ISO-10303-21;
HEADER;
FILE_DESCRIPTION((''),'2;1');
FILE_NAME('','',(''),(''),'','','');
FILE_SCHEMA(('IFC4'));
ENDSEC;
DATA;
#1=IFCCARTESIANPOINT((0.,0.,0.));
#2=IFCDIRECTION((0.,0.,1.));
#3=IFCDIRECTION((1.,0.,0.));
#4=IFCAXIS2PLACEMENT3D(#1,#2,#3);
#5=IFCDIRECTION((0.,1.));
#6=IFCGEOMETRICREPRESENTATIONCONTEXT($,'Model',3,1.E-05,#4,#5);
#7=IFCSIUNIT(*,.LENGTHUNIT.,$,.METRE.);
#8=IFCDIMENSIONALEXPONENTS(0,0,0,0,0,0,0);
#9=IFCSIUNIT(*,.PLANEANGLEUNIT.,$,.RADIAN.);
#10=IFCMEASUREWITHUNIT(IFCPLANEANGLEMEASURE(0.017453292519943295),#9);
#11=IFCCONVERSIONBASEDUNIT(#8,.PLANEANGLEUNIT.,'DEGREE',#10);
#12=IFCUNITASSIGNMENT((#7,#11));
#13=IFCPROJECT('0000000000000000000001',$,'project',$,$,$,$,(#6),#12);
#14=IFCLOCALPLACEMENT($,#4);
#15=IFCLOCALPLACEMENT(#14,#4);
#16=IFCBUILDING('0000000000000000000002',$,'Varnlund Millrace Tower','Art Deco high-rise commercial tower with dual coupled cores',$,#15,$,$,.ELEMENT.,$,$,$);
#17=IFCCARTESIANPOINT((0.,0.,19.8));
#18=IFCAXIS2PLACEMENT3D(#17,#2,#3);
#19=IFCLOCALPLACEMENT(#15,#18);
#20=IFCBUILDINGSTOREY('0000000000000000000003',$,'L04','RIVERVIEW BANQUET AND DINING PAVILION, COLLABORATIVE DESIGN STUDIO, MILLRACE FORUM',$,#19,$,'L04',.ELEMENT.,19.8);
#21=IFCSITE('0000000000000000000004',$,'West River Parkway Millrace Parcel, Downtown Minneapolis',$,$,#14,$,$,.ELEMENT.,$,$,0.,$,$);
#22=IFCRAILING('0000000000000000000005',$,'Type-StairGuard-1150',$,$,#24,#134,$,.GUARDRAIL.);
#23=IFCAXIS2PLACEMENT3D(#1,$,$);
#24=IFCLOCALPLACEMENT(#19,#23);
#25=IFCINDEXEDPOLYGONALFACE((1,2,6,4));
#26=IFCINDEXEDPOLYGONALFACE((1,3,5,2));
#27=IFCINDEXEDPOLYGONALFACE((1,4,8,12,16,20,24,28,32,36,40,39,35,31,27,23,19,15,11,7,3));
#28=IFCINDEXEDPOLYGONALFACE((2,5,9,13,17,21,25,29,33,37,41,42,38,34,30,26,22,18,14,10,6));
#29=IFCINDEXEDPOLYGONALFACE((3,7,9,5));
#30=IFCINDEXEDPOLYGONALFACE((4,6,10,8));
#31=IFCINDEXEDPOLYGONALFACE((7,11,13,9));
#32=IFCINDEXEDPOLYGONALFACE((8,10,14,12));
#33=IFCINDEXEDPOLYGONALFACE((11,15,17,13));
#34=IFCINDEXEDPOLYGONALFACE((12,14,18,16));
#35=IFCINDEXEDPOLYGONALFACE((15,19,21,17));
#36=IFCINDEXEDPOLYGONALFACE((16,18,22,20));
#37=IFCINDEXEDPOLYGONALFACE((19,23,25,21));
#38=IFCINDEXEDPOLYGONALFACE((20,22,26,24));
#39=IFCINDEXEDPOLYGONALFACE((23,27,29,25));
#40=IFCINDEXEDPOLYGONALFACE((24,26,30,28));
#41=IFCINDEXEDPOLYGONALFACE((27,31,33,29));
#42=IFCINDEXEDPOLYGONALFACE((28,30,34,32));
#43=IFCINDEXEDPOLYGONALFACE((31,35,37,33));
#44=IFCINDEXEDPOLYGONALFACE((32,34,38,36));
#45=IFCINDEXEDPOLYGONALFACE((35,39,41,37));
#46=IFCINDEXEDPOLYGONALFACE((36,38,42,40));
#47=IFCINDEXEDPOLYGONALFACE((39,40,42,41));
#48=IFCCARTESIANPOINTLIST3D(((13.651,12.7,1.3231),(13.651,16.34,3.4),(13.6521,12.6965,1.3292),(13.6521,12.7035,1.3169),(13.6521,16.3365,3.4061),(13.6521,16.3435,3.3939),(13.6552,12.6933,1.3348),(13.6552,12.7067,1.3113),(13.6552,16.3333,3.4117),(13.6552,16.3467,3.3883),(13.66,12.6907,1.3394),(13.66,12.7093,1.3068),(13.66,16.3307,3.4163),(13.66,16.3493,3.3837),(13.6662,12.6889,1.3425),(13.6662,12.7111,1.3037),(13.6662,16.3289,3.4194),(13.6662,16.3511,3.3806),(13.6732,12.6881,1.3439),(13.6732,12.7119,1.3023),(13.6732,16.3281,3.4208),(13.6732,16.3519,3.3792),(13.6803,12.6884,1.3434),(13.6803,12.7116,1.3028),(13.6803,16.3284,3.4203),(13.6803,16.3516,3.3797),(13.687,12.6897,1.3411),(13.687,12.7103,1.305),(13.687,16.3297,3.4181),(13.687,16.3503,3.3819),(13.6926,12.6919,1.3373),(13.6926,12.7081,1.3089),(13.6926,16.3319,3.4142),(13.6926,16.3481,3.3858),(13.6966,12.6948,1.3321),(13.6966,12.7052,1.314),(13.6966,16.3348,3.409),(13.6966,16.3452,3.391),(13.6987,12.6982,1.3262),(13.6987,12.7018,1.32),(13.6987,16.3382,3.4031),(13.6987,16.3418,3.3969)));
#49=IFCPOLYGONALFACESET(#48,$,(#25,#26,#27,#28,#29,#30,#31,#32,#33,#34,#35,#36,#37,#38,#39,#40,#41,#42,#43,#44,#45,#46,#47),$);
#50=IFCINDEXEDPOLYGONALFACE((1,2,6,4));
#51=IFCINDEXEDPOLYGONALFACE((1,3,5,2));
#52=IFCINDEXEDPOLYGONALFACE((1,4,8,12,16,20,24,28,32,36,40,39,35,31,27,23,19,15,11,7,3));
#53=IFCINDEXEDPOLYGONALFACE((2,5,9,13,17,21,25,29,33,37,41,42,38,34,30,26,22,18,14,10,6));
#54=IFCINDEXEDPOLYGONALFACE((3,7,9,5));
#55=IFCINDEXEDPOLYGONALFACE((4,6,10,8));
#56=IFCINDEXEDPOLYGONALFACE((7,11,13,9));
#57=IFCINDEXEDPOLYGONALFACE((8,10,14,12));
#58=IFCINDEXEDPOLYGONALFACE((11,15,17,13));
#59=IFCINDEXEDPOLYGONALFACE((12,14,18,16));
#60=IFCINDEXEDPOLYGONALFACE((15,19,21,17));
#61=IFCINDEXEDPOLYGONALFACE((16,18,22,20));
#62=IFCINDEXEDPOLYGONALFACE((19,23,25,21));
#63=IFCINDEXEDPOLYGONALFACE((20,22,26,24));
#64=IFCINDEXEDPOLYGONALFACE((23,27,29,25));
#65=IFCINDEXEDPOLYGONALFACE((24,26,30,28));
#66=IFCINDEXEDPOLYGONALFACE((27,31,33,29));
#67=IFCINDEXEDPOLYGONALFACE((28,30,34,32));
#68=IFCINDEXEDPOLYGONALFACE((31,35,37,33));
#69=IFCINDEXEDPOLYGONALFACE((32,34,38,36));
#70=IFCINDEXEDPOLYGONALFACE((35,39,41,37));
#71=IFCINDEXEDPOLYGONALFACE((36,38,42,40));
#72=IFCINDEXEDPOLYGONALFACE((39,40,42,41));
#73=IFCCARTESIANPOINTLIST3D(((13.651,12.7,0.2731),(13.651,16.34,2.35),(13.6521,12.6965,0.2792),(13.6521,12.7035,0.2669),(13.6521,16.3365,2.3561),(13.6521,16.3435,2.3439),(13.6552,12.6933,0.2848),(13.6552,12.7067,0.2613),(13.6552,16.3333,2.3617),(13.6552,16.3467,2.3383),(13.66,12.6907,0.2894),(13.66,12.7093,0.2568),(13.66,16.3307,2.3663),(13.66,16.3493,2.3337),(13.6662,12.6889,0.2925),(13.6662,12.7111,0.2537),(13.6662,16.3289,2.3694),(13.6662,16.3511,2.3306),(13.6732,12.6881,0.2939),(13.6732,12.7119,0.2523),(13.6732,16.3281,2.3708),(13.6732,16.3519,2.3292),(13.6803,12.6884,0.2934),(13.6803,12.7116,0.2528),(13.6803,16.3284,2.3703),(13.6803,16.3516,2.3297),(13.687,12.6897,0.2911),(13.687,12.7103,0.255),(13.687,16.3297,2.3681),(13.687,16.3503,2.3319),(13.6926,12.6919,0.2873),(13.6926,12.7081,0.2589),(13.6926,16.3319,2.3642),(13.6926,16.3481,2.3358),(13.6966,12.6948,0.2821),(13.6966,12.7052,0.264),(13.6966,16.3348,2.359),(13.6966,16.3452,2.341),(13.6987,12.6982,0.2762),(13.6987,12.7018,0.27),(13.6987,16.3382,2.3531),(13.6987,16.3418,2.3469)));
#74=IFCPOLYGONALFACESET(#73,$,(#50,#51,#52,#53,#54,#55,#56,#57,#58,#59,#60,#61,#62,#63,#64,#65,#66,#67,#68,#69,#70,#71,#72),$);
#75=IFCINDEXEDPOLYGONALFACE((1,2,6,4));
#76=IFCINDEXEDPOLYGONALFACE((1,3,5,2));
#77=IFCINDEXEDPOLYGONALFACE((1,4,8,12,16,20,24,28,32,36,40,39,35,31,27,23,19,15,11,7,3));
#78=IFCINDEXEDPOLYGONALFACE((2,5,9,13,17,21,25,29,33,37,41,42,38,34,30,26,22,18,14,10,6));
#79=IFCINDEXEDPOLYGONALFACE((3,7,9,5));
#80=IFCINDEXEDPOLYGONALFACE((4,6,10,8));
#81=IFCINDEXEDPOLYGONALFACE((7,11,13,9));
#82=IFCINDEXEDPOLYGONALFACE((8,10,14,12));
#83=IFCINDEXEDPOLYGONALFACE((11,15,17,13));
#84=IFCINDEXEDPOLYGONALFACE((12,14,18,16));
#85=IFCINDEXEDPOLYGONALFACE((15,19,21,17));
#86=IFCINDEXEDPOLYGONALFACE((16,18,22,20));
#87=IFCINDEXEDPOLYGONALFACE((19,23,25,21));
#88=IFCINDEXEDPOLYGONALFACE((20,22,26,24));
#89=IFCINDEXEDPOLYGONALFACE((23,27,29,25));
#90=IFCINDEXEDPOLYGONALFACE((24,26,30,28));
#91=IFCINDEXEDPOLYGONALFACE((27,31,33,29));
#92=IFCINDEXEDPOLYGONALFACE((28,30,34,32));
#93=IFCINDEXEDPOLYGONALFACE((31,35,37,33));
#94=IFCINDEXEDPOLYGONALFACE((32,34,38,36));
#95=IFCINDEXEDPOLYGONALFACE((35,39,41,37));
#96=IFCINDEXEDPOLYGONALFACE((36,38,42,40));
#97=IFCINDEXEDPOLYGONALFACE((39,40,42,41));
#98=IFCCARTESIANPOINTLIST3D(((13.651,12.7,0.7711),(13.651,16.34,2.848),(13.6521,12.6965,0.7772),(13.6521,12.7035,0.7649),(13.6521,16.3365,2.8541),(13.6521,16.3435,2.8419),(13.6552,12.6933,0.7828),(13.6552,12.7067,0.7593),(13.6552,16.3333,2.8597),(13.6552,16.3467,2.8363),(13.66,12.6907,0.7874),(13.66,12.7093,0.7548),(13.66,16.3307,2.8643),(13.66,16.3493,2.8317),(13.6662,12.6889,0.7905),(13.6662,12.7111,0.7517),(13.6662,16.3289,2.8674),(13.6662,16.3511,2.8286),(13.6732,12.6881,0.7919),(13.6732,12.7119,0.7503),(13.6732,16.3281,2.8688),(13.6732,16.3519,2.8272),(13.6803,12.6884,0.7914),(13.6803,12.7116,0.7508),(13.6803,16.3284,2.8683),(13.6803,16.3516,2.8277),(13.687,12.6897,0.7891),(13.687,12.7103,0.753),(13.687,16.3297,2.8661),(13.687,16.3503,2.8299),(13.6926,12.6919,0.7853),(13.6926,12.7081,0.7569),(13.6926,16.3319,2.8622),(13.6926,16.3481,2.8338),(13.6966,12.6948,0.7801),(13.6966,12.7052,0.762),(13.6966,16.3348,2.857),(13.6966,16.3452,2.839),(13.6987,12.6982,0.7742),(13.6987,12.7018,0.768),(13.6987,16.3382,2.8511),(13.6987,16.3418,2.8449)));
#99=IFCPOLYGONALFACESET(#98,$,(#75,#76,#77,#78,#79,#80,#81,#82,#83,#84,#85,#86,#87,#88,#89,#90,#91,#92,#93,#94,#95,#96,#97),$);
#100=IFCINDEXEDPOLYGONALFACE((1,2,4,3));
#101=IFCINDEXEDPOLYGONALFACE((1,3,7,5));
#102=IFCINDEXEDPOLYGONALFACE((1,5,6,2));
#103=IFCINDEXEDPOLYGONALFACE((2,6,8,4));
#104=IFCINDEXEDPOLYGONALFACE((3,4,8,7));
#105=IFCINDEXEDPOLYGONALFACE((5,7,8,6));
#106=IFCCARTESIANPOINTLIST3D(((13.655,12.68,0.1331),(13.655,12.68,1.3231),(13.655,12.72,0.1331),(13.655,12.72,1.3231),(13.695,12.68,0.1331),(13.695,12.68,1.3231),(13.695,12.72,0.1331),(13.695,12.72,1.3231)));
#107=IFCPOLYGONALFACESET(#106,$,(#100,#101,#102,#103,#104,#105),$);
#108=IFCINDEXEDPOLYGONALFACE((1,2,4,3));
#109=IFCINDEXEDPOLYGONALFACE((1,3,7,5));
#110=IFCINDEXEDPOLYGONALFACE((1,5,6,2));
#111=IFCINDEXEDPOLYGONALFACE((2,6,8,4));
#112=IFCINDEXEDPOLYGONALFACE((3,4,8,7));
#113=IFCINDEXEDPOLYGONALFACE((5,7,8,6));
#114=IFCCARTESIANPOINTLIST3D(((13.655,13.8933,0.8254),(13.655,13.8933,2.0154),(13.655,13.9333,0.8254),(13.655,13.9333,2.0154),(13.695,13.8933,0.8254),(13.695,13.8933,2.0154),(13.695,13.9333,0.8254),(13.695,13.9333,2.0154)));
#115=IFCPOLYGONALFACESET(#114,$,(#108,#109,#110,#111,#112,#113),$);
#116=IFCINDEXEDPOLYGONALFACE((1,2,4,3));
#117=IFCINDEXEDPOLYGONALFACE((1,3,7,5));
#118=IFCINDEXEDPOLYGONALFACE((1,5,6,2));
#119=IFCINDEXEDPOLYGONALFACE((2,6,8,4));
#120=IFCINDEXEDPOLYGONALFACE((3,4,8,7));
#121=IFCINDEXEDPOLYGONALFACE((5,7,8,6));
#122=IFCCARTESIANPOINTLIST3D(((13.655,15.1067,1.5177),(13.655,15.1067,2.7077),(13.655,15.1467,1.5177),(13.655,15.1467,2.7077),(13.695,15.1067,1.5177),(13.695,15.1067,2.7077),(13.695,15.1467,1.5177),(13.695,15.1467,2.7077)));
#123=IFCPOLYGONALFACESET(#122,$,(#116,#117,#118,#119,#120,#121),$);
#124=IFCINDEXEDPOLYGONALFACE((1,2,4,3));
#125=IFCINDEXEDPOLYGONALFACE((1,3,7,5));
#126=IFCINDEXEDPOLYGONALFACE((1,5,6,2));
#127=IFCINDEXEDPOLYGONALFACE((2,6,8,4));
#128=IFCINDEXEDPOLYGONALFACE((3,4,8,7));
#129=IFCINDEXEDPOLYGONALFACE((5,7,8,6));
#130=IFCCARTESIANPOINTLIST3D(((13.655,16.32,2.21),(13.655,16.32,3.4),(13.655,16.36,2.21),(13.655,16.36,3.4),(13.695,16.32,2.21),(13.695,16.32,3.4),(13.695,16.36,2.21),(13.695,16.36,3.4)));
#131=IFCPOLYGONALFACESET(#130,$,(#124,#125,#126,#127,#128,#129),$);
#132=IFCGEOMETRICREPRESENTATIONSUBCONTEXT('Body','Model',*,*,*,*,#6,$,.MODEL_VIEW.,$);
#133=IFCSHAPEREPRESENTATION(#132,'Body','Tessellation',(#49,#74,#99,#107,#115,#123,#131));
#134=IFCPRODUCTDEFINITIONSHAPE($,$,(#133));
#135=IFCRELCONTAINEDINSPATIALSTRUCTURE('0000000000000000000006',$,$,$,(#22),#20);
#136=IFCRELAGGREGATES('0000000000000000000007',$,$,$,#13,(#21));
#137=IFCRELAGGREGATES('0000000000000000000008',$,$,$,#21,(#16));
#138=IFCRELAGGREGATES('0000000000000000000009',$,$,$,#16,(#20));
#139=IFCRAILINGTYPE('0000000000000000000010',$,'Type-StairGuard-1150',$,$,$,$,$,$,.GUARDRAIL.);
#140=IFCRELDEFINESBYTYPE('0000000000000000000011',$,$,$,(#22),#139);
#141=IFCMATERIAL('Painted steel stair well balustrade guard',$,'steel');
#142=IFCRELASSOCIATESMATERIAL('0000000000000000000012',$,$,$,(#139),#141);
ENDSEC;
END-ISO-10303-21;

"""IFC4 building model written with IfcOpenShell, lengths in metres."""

from ifc_helpers import new_model, entity, si_unit, converted_unit, direction, frame, origin_with_axes, origin_2d_with_axis, place, context, subcontext, project, spatial, rectangle, circle, extrude, material, type_object, element, save


model = new_model("IFC4")

# Units and contexts
model_context = context("Model", 3, precision=1e-05, world=origin_with_axes(), true_north=direction((0.0, 1.0)))
body_context = subcontext(model_context, "Body", "Model", "MODEL_VIEW")
ifc_project = project(units=[si_unit("LENGTHUNIT", "METRE"), converted_unit("PLANEANGLEUNIT", "DEGREE", entity("IfcPlaneAngleMeasure", 0.017453292519943295), si_unit("PLANEANGLEUNIT", "RADIAN"), dimensions=[0, 0, 0, 0, 0, 0, 0])], contexts=[model_context])

# Site, building, storey
site_placement = place(None, origin_with_axes())
site = spatial("IfcSite", under=ifc_project, at=site_placement, Name="West River Parkway Millrace Parcel, Downtown Minneapolis", CompositionType="ELEMENT", RefElevation=0.0)
building_placement = place(site_placement, origin_with_axes())
building = spatial("IfcBuilding", under=site, at=building_placement, Name="Varnlund Millrace Tower", Description="Art Deco high-rise commercial tower with dual coupled cores", CompositionType="ELEMENT")
storey_placement = place(building_placement, frame((0.0, 0.0, 19.8), z_axis=(0.0, 0.0, 1.0), x_axis=(1.0, 0.0, 0.0)))
storey = spatial("IfcBuildingStorey", under=building, at=storey_placement, Name="L04", Description="RIVERVIEW BANQUET AND DINING PAVILION, COLLABORATIVE DESIGN STUDIO, MILLRACE FORUM", LongName="L04", CompositionType="ELEMENT", Elevation=19.8)

# Railing
ifc_material_1 = material(Name="Painted steel stair well balustrade guard", Category="steel")
railing_type_1 = type_object("IfcRailingType", Name="Type-StairGuard-1150", PredefinedType="GUARDRAIL", material=ifc_material_1)
railing_1_placement = place(storey_placement, frame((0.0, 0.0, -19.8), z_axis=(0.0, 0.0, 1.0), x_axis=(1.0, 0.0, 0.0)))
element("IfcRailing", 1, at=railing_1_placement, inside=storey, type_object=railing_type_1, Name="Type-StairGuard-1150", PredefinedType="GUARDRAIL", context=body_context, shape_type="SweptSolid", body=[
    extrude(circle(Radius=0.024, at=origin_2d_with_axis()), frame((13.675, 12.7, 21.1231), z_axis=(0.0, 0.868559, 0.495585), x_axis=(-1.0, 0.0, 0.0)), (0.0, 0.0, 1.0), 4.1908),
    extrude(circle(Radius=0.024, at=origin_2d_with_axis()), frame((13.675, 12.7, 20.0731), z_axis=(0.0, 0.868559, 0.495585), x_axis=(-1.0, 0.0, 0.0)), (0.0, 0.0, 1.0), 4.1908),
    extrude(circle(Radius=0.024, at=origin_2d_with_axis()), frame((13.675, 12.7, 20.5711), z_axis=(0.0, 0.868559, 0.495585), x_axis=(-1.0, 0.0, 0.0)), (0.0, 0.0, 1.0), 4.1908),
    extrude(rectangle(XDim=0.04, YDim=0.04, at=origin_2d_with_axis()), frame((13.675, 12.7, 19.9331), z_axis=(0.0, 0.0, 1.0), x_axis=(1.0, 0.0, 0.0)), (0.0, 0.0, 1.0), 1.19),
    extrude(rectangle(XDim=0.04, YDim=0.04, at=origin_2d_with_axis()), frame((13.675, 13.9133, 20.6254), z_axis=(0.0, 0.0, 1.0), x_axis=(1.0, 0.0, 0.0)), (0.0, 0.0, 1.0), 1.19),
    extrude(rectangle(XDim=0.04, YDim=0.04, at=origin_2d_with_axis()), frame((13.675, 15.1267, 21.3177), z_axis=(0.0, 0.0, 1.0), x_axis=(1.0, 0.0, 0.0)), (0.0, 0.0, 1.0), 1.19),
    extrude(rectangle(XDim=0.04, YDim=0.04, at=origin_2d_with_axis()), frame((13.675, 16.34, 22.01), z_axis=(0.0, 0.0, 1.0), x_axis=(1.0, 0.0, 0.0)), (0.0, 0.0, 1.0), 1.19),
])

save(model, "model.ifc")
